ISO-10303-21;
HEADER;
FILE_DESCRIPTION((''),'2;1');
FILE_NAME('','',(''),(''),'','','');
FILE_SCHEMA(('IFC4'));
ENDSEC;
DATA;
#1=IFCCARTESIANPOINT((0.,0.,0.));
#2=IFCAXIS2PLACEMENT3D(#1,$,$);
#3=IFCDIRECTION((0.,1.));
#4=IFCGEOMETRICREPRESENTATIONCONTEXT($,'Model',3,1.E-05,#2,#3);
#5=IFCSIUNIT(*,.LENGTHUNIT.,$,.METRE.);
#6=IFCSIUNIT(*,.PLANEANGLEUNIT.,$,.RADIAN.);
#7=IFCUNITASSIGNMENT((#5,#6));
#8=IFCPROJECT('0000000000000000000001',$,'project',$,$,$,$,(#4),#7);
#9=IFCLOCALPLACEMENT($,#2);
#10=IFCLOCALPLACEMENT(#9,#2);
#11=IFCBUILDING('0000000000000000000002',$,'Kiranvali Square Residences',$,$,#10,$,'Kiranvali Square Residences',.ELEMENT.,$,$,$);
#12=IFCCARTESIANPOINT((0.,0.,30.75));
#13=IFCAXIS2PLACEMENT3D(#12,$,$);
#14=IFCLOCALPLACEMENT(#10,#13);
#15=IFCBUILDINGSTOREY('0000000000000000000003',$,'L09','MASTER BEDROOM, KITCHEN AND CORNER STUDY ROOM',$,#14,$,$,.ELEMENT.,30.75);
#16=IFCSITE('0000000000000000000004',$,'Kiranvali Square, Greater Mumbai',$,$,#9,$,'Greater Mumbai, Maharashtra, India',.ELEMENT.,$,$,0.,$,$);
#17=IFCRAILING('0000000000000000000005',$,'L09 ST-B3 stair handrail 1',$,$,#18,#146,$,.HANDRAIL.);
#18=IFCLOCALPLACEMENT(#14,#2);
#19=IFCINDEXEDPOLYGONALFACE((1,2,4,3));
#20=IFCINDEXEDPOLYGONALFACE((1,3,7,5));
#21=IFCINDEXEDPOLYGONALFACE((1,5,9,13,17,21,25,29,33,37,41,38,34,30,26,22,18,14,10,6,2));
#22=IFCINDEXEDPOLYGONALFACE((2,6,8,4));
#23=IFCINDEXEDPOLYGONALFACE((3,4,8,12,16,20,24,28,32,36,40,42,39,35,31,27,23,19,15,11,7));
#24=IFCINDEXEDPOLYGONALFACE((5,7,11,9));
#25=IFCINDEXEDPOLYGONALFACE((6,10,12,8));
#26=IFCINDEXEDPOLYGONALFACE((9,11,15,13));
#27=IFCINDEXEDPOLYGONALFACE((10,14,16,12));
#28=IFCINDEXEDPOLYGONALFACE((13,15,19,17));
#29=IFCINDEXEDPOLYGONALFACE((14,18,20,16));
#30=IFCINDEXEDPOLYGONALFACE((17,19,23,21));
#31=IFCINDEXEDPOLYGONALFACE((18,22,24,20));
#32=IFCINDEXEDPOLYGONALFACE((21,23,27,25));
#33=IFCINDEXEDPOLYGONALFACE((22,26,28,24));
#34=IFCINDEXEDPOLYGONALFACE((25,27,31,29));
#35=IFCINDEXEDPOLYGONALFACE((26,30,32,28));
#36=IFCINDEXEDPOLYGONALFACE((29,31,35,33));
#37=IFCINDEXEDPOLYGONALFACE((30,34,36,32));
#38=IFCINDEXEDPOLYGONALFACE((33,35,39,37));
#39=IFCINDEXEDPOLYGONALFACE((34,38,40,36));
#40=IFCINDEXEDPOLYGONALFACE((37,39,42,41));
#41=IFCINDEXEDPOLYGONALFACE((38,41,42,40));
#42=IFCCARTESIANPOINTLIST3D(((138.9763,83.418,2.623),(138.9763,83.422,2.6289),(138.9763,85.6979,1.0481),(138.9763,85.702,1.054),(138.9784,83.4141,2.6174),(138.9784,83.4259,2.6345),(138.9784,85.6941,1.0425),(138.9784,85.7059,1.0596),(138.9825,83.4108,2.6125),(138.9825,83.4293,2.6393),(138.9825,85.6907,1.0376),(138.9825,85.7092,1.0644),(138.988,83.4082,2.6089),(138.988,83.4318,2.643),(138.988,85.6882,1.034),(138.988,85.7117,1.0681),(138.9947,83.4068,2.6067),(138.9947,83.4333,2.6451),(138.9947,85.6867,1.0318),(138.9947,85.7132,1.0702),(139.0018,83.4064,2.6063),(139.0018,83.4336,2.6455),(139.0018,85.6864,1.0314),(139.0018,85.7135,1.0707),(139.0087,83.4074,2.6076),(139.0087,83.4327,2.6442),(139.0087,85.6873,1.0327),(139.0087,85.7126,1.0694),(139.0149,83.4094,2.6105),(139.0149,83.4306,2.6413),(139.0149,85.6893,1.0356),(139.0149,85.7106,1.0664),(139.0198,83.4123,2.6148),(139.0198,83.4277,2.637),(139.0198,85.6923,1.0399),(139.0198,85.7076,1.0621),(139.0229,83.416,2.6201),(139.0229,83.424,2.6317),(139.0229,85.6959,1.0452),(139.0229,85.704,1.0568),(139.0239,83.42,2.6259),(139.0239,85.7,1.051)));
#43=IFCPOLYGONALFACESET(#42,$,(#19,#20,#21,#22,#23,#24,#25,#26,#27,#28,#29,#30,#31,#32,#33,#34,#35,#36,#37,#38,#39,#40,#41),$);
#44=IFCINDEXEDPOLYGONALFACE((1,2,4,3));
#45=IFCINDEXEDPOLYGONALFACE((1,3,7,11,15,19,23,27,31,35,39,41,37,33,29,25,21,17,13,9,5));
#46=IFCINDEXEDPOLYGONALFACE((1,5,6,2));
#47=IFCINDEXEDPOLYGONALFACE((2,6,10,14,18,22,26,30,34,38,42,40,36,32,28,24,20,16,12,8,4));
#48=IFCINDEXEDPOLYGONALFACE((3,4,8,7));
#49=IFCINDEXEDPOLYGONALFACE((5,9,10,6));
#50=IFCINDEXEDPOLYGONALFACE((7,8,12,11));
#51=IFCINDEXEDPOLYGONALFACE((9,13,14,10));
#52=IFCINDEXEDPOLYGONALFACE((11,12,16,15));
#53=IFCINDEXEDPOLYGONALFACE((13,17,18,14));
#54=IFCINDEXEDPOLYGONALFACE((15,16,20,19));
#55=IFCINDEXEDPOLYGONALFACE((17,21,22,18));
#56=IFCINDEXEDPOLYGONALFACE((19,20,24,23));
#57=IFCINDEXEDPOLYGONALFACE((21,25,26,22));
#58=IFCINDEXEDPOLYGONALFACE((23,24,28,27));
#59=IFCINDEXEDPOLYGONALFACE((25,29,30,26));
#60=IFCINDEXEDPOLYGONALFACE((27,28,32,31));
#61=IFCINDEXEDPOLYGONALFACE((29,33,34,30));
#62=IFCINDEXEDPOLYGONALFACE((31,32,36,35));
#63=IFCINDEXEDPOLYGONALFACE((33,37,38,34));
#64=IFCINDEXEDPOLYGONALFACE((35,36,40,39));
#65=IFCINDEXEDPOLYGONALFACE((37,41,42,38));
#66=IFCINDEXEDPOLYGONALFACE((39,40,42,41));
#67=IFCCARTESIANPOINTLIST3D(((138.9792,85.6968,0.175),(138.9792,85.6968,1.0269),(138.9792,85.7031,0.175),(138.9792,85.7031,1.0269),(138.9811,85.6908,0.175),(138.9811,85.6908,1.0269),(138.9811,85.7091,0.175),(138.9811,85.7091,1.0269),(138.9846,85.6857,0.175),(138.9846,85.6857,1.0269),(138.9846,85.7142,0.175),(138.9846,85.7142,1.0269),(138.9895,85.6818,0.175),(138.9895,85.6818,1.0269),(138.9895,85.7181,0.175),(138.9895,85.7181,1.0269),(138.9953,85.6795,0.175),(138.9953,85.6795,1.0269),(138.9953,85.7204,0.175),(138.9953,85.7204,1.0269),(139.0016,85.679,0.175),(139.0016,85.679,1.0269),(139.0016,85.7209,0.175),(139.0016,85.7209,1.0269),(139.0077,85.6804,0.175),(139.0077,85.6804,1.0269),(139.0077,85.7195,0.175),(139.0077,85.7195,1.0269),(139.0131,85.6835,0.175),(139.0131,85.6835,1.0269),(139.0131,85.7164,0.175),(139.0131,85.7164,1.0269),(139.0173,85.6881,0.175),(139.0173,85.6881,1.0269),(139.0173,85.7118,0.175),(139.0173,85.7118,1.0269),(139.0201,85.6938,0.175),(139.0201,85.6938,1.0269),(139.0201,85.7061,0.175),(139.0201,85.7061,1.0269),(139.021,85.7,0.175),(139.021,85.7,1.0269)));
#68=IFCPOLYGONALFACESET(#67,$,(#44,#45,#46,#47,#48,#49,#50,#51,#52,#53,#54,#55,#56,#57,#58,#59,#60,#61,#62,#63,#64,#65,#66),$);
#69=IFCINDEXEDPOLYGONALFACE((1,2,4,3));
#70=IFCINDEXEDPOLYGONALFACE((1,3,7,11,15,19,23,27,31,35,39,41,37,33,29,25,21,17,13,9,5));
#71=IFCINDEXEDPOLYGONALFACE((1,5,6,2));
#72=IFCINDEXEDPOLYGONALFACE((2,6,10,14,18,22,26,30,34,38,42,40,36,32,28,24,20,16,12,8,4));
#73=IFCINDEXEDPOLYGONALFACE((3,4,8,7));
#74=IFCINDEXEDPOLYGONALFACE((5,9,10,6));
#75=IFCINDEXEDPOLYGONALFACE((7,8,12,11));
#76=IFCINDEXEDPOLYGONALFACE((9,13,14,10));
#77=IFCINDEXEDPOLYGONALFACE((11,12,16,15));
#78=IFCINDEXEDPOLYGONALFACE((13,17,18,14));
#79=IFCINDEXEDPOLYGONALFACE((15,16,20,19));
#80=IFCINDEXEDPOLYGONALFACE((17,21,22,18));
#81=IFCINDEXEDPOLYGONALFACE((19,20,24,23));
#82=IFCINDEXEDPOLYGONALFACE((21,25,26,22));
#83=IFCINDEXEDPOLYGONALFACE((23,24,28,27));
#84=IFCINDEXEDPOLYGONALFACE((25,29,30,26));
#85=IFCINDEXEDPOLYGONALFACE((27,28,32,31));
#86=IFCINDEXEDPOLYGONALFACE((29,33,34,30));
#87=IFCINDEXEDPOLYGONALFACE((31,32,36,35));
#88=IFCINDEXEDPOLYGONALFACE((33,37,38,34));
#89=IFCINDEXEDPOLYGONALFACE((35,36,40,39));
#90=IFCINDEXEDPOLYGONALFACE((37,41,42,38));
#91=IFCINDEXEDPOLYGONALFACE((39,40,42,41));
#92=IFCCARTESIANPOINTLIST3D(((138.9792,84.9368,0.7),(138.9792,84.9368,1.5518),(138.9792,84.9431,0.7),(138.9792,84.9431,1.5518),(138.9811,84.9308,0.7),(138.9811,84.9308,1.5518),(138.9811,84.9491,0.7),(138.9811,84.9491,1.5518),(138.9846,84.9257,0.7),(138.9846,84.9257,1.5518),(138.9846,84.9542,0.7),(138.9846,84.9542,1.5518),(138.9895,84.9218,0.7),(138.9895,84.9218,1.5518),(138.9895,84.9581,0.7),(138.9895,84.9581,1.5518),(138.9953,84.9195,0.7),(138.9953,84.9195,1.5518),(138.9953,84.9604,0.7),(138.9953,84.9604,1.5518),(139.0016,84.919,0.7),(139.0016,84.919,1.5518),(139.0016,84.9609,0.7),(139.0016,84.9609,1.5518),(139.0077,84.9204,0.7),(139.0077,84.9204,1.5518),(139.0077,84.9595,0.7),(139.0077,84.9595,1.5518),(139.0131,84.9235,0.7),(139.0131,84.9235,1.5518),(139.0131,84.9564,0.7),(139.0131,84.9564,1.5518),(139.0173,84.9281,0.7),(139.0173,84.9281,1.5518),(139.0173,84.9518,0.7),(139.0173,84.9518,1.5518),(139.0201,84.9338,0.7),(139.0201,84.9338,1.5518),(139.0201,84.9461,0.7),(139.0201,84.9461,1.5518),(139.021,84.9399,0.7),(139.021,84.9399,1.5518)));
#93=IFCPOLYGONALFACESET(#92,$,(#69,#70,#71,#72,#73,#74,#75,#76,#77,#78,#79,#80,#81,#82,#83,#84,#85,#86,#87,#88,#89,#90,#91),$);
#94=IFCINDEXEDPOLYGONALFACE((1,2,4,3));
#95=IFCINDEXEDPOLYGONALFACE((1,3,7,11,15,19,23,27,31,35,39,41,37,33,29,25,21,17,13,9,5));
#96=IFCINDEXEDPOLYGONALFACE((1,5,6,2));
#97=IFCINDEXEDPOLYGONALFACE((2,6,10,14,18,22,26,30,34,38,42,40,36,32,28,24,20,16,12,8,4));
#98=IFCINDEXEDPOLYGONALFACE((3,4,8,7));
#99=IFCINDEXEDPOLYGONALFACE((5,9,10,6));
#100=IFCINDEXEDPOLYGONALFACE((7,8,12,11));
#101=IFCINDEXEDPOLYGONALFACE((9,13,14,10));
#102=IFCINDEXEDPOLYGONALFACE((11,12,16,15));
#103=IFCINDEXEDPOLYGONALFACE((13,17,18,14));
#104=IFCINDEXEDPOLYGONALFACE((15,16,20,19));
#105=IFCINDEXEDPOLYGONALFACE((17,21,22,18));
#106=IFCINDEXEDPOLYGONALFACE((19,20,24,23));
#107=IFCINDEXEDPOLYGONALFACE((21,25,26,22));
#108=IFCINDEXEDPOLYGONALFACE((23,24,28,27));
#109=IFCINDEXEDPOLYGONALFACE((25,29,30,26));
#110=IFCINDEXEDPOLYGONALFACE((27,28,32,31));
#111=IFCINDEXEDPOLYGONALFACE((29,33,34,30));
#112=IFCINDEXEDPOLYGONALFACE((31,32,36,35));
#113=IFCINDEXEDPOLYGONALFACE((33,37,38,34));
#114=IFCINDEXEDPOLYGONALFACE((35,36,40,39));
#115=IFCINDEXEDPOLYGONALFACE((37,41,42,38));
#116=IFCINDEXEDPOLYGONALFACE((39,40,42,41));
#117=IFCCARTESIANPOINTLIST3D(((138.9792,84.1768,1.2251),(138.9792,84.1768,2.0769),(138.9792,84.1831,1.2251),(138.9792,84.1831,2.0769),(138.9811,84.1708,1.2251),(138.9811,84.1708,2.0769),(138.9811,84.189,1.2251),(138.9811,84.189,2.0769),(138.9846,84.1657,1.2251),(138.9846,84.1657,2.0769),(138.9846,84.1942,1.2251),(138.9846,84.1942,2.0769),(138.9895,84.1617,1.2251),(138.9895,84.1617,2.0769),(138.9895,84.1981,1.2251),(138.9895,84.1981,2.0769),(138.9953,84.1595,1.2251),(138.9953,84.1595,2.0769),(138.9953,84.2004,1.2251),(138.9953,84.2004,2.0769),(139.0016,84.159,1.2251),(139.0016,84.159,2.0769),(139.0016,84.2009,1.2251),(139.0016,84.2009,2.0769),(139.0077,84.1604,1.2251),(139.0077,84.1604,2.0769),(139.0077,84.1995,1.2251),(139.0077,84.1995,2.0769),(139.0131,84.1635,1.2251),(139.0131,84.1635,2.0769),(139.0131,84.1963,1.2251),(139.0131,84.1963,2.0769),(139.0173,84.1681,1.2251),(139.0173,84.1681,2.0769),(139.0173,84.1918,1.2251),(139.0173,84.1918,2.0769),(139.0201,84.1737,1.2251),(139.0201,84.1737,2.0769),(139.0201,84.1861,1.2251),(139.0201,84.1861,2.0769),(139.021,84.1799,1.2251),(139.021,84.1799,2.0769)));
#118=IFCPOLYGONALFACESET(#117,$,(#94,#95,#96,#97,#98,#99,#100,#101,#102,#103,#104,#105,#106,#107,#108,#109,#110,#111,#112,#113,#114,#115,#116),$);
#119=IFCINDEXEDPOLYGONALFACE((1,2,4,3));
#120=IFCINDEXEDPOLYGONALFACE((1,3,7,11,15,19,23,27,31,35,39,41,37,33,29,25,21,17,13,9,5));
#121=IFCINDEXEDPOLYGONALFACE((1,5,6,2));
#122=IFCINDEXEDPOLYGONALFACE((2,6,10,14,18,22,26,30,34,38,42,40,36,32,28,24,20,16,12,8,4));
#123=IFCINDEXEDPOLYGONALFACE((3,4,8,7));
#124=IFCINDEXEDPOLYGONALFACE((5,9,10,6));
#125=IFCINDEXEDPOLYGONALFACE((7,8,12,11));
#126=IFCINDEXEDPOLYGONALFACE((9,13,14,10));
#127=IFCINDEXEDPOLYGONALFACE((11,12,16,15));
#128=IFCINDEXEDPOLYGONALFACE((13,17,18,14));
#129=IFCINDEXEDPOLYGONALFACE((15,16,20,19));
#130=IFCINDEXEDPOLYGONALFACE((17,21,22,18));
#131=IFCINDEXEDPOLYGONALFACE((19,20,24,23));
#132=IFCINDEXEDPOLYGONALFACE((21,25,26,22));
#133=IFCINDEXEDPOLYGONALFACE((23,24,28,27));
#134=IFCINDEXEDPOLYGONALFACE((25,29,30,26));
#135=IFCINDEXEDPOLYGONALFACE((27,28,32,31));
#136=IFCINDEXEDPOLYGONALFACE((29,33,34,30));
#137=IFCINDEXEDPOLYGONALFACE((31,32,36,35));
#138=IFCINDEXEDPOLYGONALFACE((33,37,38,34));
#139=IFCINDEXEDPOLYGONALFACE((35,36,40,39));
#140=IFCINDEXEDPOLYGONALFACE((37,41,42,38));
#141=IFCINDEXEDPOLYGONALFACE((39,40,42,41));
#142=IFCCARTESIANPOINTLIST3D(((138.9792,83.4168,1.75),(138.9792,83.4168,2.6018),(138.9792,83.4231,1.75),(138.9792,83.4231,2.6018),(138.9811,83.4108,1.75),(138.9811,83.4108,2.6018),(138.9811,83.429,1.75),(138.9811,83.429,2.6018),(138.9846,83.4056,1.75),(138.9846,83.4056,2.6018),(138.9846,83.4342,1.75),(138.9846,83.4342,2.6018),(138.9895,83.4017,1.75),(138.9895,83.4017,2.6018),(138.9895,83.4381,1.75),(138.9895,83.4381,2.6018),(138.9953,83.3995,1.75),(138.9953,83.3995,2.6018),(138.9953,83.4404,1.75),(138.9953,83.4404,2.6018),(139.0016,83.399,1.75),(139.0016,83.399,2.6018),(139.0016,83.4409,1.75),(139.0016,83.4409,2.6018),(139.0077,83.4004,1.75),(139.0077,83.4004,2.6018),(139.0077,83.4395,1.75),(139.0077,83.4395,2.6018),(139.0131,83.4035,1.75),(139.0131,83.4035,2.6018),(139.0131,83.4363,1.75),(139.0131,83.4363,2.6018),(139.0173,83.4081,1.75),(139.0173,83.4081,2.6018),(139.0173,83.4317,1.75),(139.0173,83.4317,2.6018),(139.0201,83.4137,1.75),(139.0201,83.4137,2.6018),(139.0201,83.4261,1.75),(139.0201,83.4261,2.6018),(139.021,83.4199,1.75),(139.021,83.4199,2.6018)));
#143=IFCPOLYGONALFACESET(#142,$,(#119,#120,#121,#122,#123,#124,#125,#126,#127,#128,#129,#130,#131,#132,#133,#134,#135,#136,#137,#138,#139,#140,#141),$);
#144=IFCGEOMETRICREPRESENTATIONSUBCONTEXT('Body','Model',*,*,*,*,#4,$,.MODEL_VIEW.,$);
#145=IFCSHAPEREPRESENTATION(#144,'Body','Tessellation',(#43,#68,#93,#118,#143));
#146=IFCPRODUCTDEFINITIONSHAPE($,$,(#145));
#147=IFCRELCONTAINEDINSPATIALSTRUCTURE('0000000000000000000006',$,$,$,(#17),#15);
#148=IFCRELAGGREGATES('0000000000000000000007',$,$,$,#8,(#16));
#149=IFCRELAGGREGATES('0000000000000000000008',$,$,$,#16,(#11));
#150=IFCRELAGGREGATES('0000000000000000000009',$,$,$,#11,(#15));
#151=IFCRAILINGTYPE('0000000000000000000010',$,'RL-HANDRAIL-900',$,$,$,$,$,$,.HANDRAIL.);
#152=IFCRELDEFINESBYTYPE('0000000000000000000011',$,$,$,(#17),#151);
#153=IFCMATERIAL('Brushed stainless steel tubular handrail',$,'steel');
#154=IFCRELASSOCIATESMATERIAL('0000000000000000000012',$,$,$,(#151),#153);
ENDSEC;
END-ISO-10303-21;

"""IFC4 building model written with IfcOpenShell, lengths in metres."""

from ifc_helpers import new_model, si_unit, direction, frame, origin, origin_2d, place, context, subcontext, project, spatial, circle, extrude, material, type_object, element, save


model = new_model("IFC4")

# Units and contexts
model_context = context("Model", 3, precision=1e-05, world=origin(), true_north=direction((0.0, 1.0)))
body_context = subcontext(model_context, "Body", "Model", "MODEL_VIEW")
ifc_project = project(units=[si_unit("LENGTHUNIT", "METRE"), si_unit("PLANEANGLEUNIT", "RADIAN")], contexts=[model_context])

# Site, building, storey
site_placement = place(None, origin())
site = spatial("IfcSite", under=ifc_project, at=site_placement, Name="Kiranvali Square, Greater Mumbai", LongName="Greater Mumbai, Maharashtra, India", CompositionType="ELEMENT", RefElevation=0.0)
building_placement = place(site_placement, origin())
building = spatial("IfcBuilding", under=site, at=building_placement, Name="Kiranvali Square Residences", LongName="Kiranvali Square Residences", CompositionType="ELEMENT")
storey_placement = place(building_placement, frame((0.0, 0.0, 30.75)))
storey = spatial("IfcBuildingStorey", under=building, at=storey_placement, Name="L09", Description="MASTER BEDROOM, KITCHEN AND CORNER STUDY ROOM", CompositionType="ELEMENT", Elevation=30.75)

# Railing
ifc_material_1 = material(Name="Brushed stainless steel tubular handrail", Category="steel")
railing_type_1 = type_object("IfcRailingType", Name="RL-HANDRAIL-900", PredefinedType="HANDRAIL", material=ifc_material_1)
railing_1_placement = place(storey_placement, frame((139.0, 85.7, 0.175)))
element("IfcRailing", 1, at=railing_1_placement, inside=storey, type_object=railing_type_1, Name="L09 ST-B3 stair handrail 1", PredefinedType="HANDRAIL", context=body_context, shape_type="SweptSolid", body=[
    extrude(circle(Radius=0.0239, at=origin_2d()), frame((0.0, 0.0, 0.876), z_axis=(0.0, -0.822788, 0.568348), x_axis=(1.0, 0.0, 0.0)), (0.0, 0.0, 1.0), 2.771),
    extrude(circle(Radius=0.021, at=origin_2d()), origin(), (0.0, 0.0, 1.0), 0.8518),
    extrude(circle(Radius=0.021, at=origin_2d()), frame((0.0, -0.76, 0.5249)), (0.0, 0.0, 1.0), 0.8518),
    extrude(circle(Radius=0.021, at=origin_2d()), frame((0.0, -1.52, 1.05)), (0.0, 0.0, 1.0), 0.8518),
    extrude(circle(Radius=0.021, at=origin_2d()), frame((0.0, -2.28, 1.575)), (0.0, 0.0, 1.0), 0.8518),
])

save(model, "model.ifc")
